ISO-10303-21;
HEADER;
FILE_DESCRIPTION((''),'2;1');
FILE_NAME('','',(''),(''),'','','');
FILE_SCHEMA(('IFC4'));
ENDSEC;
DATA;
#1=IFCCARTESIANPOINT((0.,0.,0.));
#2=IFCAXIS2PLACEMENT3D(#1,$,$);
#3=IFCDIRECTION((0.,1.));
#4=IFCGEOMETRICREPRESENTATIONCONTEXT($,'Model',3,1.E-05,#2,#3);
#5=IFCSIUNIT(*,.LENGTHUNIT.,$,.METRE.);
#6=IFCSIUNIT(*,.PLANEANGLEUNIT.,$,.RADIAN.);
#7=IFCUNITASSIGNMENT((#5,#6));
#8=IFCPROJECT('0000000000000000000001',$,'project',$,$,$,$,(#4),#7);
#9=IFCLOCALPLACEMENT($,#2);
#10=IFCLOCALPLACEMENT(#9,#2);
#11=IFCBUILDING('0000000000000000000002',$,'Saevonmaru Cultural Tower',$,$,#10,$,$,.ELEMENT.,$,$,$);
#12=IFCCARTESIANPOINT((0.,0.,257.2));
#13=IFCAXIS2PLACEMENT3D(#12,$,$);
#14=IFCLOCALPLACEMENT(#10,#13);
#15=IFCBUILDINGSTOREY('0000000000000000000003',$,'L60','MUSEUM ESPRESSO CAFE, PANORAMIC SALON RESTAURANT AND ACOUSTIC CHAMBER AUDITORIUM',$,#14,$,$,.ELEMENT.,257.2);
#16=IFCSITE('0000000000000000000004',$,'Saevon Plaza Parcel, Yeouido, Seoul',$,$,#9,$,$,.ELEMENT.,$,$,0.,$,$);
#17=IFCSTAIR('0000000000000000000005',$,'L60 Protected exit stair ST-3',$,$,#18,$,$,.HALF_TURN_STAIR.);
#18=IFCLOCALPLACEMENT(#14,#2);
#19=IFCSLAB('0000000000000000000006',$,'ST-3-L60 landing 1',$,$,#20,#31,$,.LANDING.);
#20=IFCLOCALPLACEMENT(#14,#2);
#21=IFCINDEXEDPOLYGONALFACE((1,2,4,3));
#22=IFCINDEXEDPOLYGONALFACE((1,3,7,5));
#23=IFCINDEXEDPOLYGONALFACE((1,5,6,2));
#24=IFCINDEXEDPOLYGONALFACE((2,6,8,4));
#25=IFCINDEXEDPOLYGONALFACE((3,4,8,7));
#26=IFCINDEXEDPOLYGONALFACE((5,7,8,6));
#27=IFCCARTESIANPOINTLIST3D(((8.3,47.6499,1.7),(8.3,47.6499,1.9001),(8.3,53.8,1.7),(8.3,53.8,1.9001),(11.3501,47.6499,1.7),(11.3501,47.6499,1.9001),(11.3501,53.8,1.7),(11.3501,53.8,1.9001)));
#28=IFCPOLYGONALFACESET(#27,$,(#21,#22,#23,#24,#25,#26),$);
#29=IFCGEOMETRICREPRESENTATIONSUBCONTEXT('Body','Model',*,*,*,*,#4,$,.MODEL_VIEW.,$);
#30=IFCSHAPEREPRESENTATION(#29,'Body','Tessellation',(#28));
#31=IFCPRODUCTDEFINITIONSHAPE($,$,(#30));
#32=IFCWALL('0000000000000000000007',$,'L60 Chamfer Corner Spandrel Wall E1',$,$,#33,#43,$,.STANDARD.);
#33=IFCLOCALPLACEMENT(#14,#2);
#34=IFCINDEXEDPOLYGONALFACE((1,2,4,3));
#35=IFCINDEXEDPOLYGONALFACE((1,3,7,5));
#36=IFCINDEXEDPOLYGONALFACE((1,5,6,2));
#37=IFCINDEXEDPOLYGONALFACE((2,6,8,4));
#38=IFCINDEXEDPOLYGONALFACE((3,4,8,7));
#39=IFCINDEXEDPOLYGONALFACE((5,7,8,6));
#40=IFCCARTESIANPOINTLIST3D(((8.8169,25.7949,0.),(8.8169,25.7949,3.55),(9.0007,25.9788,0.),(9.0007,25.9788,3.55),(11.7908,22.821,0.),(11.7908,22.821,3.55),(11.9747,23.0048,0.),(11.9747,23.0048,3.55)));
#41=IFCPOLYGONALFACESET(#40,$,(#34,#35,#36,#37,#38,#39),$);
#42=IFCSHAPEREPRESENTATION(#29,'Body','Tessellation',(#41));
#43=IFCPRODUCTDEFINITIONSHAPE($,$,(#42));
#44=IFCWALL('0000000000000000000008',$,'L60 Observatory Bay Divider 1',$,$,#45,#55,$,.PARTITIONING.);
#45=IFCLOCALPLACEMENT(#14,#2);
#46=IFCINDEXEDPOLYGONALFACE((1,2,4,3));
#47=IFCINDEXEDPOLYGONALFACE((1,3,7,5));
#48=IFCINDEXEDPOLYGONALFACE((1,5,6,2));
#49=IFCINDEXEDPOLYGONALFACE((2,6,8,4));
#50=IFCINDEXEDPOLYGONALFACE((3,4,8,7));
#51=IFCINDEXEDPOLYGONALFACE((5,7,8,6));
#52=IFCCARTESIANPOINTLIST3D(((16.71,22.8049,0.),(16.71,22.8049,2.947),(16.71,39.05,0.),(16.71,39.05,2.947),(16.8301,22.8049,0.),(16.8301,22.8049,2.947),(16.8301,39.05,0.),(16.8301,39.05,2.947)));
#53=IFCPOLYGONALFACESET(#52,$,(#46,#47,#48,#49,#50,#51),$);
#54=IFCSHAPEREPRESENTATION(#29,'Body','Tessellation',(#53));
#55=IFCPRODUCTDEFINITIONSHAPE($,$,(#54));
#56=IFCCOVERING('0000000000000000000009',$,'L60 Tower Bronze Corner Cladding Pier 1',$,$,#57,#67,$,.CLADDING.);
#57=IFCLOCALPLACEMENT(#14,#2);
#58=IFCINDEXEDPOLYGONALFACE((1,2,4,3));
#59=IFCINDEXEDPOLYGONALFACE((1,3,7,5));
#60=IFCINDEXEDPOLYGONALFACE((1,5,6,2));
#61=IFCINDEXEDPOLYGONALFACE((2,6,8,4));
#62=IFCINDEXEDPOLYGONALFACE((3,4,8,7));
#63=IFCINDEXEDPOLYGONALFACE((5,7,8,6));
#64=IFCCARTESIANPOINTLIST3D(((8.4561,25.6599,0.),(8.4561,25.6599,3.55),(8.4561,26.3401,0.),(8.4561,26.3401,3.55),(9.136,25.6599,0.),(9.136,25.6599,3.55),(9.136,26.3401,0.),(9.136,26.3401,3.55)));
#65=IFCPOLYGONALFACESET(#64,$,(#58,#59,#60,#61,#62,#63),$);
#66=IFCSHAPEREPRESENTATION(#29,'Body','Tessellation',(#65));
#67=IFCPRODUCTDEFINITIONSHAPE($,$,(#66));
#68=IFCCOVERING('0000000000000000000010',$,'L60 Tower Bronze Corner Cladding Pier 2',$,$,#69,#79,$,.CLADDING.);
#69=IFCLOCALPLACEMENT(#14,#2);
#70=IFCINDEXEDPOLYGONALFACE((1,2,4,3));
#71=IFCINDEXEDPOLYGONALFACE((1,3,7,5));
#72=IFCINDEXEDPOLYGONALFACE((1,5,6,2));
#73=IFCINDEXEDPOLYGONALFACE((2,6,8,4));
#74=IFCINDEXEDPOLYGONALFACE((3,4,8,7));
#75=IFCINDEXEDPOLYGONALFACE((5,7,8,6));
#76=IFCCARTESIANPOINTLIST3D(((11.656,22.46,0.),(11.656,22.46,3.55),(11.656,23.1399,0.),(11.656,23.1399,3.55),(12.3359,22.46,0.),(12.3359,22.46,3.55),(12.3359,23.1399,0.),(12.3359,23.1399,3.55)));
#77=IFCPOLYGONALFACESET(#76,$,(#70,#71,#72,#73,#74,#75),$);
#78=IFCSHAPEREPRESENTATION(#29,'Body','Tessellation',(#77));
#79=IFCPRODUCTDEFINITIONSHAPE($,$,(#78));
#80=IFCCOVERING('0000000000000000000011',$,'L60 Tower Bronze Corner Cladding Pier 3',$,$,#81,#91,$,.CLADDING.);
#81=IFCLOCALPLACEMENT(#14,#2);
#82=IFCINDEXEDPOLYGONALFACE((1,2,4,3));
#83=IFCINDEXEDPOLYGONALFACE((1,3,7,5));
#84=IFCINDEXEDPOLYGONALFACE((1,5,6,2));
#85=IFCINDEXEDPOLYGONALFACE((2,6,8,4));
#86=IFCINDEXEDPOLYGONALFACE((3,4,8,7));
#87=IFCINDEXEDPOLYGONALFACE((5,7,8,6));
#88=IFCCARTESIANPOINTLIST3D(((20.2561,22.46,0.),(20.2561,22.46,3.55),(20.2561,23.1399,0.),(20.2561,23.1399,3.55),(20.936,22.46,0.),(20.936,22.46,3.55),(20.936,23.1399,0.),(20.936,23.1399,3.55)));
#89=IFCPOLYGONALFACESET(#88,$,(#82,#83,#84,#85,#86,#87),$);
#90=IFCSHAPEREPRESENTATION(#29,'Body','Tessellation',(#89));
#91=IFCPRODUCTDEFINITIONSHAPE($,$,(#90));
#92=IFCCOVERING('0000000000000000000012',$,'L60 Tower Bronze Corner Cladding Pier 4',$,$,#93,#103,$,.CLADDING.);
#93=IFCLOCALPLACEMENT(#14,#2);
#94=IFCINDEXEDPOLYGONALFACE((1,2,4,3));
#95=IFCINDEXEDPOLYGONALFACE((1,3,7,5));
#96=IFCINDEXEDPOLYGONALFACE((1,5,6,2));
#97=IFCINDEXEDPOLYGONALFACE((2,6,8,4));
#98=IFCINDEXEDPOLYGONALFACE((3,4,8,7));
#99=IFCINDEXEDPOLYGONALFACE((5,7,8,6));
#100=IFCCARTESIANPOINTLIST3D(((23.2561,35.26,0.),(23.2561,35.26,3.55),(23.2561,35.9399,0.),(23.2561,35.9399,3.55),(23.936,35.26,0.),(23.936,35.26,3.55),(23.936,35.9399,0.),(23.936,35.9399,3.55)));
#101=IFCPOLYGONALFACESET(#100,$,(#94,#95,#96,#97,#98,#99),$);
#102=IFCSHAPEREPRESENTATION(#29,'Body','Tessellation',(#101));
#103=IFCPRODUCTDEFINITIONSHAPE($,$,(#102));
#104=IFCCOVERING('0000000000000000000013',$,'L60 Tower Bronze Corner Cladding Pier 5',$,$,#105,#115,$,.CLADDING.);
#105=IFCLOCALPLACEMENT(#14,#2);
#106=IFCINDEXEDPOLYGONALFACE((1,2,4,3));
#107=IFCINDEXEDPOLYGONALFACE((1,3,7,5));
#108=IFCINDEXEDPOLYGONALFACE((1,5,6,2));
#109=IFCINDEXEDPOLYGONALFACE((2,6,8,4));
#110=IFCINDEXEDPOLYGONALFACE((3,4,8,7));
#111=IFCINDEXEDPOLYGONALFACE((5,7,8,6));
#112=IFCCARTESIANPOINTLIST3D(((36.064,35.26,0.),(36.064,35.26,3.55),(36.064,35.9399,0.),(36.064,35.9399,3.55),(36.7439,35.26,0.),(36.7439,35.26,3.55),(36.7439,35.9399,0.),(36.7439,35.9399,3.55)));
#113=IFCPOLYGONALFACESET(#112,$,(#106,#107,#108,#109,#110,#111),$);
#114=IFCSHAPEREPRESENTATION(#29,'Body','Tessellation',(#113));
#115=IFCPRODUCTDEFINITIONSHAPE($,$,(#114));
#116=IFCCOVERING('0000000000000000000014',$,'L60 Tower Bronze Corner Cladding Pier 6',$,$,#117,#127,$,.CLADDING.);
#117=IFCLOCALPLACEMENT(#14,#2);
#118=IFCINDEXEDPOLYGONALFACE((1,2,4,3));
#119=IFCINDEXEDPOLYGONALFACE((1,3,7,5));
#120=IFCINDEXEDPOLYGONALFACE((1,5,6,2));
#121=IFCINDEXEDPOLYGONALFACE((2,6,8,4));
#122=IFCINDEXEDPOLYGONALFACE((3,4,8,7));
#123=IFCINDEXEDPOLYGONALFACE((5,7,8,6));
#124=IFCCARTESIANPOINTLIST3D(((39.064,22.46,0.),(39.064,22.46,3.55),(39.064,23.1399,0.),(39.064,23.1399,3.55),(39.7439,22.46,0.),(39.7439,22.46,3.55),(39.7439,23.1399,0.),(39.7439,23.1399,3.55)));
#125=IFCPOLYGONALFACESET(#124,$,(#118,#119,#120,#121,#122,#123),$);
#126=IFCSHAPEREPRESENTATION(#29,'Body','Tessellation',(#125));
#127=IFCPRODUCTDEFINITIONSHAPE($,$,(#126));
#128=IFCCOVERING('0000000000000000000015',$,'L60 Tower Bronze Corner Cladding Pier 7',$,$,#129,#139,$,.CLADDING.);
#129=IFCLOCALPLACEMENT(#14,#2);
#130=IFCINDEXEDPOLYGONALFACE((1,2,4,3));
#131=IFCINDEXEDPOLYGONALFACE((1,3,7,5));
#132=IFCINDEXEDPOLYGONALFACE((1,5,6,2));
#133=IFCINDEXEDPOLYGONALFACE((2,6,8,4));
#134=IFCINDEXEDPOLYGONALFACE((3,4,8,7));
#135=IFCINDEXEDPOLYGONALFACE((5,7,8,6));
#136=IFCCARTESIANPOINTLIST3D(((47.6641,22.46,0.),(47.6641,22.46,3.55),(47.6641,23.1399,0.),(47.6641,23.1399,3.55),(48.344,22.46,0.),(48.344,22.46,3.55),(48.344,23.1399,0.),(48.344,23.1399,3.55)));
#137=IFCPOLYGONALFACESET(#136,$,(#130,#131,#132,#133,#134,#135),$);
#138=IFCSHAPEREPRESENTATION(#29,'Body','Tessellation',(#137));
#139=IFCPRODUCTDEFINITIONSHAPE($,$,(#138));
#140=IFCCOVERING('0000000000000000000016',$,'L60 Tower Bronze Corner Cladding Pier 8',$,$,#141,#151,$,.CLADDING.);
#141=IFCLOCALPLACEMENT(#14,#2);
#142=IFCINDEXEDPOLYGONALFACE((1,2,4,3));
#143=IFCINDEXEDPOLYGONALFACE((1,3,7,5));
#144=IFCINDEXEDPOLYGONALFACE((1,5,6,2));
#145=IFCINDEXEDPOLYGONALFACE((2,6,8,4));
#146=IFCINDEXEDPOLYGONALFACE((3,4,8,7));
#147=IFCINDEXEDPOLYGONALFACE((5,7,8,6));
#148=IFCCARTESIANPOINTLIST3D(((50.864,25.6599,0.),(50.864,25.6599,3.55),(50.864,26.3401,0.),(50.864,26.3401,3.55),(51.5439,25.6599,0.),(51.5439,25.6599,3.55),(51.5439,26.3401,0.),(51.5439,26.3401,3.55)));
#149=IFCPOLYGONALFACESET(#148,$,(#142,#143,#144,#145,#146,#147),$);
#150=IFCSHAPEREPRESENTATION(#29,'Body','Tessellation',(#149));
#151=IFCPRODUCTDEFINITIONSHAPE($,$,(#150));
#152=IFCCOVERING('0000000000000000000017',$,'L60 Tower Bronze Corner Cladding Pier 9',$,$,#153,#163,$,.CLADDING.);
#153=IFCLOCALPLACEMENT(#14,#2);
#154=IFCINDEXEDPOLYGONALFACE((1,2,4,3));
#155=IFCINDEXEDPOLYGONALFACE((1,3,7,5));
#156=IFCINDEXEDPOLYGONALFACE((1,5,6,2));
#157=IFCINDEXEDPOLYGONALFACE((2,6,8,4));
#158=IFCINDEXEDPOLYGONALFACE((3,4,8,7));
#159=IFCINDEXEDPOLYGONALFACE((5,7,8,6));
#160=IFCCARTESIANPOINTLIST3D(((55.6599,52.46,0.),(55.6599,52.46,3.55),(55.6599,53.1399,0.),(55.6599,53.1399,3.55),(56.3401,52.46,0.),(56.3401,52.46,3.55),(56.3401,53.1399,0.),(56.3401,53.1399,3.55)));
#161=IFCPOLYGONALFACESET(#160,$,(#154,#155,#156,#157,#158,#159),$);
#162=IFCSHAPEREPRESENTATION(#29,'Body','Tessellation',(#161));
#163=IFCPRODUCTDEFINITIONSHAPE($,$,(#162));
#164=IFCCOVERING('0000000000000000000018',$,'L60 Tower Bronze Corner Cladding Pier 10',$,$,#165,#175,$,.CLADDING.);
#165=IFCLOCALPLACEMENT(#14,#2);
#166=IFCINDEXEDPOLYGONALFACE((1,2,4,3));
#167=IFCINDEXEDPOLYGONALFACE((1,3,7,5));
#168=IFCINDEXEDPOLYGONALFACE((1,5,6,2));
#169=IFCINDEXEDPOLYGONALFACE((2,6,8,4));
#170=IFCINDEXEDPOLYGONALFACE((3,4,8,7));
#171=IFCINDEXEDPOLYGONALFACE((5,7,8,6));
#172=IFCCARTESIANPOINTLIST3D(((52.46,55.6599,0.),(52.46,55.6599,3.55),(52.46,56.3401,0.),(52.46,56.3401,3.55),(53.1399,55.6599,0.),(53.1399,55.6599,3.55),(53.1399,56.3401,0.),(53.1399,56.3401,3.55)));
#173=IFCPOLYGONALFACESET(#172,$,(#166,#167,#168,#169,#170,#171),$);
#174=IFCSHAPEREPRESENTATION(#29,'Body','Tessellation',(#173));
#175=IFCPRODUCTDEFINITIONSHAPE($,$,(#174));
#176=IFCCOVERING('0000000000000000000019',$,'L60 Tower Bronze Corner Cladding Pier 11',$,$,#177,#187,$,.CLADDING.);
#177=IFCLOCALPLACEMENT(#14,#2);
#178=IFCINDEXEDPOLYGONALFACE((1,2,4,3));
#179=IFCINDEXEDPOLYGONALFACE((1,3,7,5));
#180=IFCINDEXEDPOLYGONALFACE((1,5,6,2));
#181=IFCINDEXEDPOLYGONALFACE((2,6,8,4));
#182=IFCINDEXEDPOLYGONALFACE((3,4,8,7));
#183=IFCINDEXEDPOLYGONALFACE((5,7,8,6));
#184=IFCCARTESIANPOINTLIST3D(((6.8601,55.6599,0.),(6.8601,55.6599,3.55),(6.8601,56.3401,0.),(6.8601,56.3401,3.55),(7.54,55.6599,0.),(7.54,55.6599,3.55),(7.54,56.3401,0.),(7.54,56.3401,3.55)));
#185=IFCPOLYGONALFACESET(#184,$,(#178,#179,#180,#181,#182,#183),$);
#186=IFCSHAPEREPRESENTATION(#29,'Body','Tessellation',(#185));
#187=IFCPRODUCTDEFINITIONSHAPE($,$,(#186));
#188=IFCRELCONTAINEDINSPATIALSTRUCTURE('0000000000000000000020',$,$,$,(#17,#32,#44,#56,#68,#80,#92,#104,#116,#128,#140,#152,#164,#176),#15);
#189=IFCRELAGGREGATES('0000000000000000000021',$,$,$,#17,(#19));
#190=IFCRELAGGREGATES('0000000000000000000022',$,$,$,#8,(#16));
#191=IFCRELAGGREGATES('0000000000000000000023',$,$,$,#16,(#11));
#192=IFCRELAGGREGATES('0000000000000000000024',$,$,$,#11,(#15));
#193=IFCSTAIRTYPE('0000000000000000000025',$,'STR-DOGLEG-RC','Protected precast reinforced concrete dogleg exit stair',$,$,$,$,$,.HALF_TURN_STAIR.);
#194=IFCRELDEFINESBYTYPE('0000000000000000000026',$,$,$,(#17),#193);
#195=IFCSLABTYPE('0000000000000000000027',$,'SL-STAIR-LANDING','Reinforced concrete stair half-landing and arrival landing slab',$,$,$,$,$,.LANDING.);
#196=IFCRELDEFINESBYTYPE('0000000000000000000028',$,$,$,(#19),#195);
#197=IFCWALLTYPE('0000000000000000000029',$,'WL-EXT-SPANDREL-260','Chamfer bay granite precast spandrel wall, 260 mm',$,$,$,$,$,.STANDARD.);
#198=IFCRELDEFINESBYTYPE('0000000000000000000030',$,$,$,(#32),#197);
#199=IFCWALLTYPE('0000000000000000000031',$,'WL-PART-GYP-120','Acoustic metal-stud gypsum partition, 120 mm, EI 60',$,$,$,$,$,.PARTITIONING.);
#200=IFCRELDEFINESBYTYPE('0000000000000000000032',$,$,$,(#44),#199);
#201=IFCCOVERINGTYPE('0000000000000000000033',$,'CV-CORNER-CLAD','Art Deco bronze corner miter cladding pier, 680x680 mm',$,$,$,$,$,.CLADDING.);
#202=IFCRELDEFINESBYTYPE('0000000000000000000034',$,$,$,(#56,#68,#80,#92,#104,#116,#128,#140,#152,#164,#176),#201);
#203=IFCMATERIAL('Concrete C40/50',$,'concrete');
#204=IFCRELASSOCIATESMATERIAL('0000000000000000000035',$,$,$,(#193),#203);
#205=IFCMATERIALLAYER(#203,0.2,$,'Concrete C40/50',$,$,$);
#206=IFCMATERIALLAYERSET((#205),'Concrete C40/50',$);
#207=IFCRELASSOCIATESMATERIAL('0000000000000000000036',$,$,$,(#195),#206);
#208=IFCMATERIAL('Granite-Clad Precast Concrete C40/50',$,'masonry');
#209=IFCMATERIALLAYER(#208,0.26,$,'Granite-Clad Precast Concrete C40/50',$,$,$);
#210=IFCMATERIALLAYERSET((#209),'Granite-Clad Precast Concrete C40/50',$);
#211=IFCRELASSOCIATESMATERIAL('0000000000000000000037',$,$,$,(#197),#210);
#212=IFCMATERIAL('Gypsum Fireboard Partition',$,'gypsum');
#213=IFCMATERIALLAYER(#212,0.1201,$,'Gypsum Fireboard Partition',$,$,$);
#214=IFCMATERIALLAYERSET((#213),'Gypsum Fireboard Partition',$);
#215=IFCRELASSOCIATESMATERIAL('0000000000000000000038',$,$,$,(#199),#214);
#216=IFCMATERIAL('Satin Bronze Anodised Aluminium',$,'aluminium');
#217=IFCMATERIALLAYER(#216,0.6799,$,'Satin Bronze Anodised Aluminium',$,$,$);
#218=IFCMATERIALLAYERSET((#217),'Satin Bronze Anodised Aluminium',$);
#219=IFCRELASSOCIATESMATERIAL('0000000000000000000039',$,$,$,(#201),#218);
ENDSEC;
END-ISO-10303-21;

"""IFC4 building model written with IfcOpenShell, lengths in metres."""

from ifc_helpers import new_model, si_unit, direction, frame, frame_2d, origin, place, context, subcontext, project, spatial, polyline, rectangle, outline, extrude, material, layer, layer_set, type_object, element, aggregate, save


model = new_model("IFC4")

# Units and contexts
model_context = context("Model", 3, precision=1e-05, world=origin(), true_north=direction((0.0, 1.0)))
body_context = subcontext(model_context, "Body", "Model", "MODEL_VIEW")
ifc_project = project(units=[si_unit("LENGTHUNIT", "METRE"), si_unit("PLANEANGLEUNIT", "RADIAN")], contexts=[model_context])

# Site, building, storey
site_placement = place(None, origin())
site = spatial("IfcSite", under=ifc_project, at=site_placement, Name="Saevon Plaza Parcel, Yeouido, Seoul", CompositionType="ELEMENT", RefElevation=0.0)
building_placement = place(site_placement, origin())
building = spatial("IfcBuilding", under=site, at=building_placement, Name="Saevonmaru Cultural Tower", CompositionType="ELEMENT")
storey_placement = place(building_placement, frame((0.0, 0.0, 257.2)))
storey = spatial("IfcBuildingStorey", under=building, at=storey_placement, Name="L60", Description="MUSEUM ESPRESSO CAFE, PANORAMIC SALON RESTAURANT AND ACOUSTIC CHAMBER AUDITORIUM", CompositionType="ELEMENT", Elevation=257.2)

# Shared definitions
ifc_material_1 = material(Name="Satin Bronze Anodised Aluminium", Category="aluminium")

# Shared definitions
ifc_material_2 = material(Name="Concrete C40/50", Category="concrete")

# Stair, slab
stair_type = type_object("IfcStairType", Name="STR-DOGLEG-RC", Description="Protected precast reinforced concrete dogleg exit stair", PredefinedType="HALF_TURN_STAIR", material=ifc_material_2)
ifc_layer_1 = layer(ifc_material_2, 0.2, Name="Concrete C40/50")
ifc_layer_set_1 = layer_set([ifc_layer_1], Name="Concrete C40/50")
slab_type_1 = type_object("IfcSlabType", Name="SL-STAIR-LANDING", Description="Reinforced concrete stair half-landing and arrival landing slab", PredefinedType="LANDING", material=ifc_layer_set_1)
stair_1_placement = place(storey_placement, origin())
stair_1 = element("IfcStair", 1, at=stair_1_placement, inside=storey, type_object=stair_type, Name="L60 Protected exit stair ST-3", PredefinedType="HALF_TURN_STAIR")
slab_1_placement = place(storey_placement, frame((0.0, 0.0, 1.7)))
slab_1 = element("IfcSlab", 2, at=slab_1_placement, type_object=slab_type_1, Name="ST-3-L60 landing 1", PredefinedType="LANDING", context=body_context, shape_type="SweptSolid", body=[
    extrude(outline(polyline([(11.3501, 47.6499), (11.3501, 53.8), (8.3, 53.8), (8.3, 47.6499), (11.3501, 47.6499)])), origin(), (0.0, 0.0, 1.0), 0.2002),
])
aggregate(stair_1, [slab_1])

# Walls
ifc_material_3 = material(Name="Granite-Clad Precast Concrete C40/50", Category="masonry")
ifc_layer_2 = layer(ifc_material_3, 0.26, Name="Granite-Clad Precast Concrete C40/50")
ifc_layer_set_2 = layer_set([ifc_layer_2], Name="Granite-Clad Precast Concrete C40/50")
wall_type_1 = type_object("IfcWallType", Name="WL-EXT-SPANDREL-260", Description="Chamfer bay granite precast spandrel wall, 260 mm", PredefinedType="STANDARD", material=ifc_layer_set_2)
wall_1_placement = place(storey_placement, frame((8.9087, 25.887, 0.0), z_axis=(0.0, 0.0, 1.0), x_axis=(0.707107, -0.707107, 0.0)))
element("IfcWall", 3, at=wall_1_placement, inside=storey, type_object=wall_type_1, Name="L60 Chamfer Corner Spandrel Wall E1", PredefinedType="STANDARD", context=body_context, shape_type="SweptSolid", body=[
    extrude(rectangle(XDim=4.2058, YDim=0.26, at=frame_2d((2.103, 0.0))), origin(), (0.0, 0.0, 1.0), 3.55),
])
ifc_material_4 = material(Name="Gypsum Fireboard Partition", Category="gypsum")
ifc_layer_3 = layer(ifc_material_4, 0.1201, Name="Gypsum Fireboard Partition")
ifc_layer_set_3 = layer_set([ifc_layer_3], Name="Gypsum Fireboard Partition")
wall_type_2 = type_object("IfcWallType", Name="WL-PART-GYP-120", Description="Acoustic metal-stud gypsum partition, 120 mm, EI 60", PredefinedType="PARTITIONING", material=ifc_layer_set_3)
wall_2_placement = place(storey_placement, frame((16.77, 22.8049, 0.0), z_axis=(0.0, 0.0, 1.0), x_axis=(0.0, 1.0, 0.0)))
element("IfcWall", 4, at=wall_2_placement, inside=storey, type_object=wall_type_2, Name="L60 Observatory Bay Divider 1", PredefinedType="PARTITIONING", context=body_context, shape_type="SweptSolid", body=[
    extrude(rectangle(XDim=16.2451, YDim=0.1201, at=frame_2d((8.1226, 0.0))), origin(), (0.0, 0.0, 1.0), 2.947),
])

# Coverings
ifc_layer_4 = layer(ifc_material_1, 0.6799, Name="Satin Bronze Anodised Aluminium")
ifc_layer_set_4 = layer_set([ifc_layer_4], Name="Satin Bronze Anodised Aluminium")
covering_type = type_object("IfcCoveringType", Name="CV-CORNER-CLAD", Description="Art Deco bronze corner miter cladding pier, 680x680 mm", PredefinedType="CLADDING", material=ifc_layer_set_4)
covering_1_placement = place(storey_placement, origin())
element("IfcCovering", 5, at=covering_1_placement, inside=storey, type_object=covering_type, Name="L60 Tower Bronze Corner Cladding Pier 1", PredefinedType="CLADDING", context=body_context, shape_type="SweptSolid", body=[
    extrude(outline(polyline([(8.4561, 25.6599), (9.136, 25.6599), (9.136, 26.3401), (8.4561, 26.3401), (8.4561, 25.6599)])), origin(), (0.0, 0.0, 1.0), 3.55),
])
covering_2_placement = place(storey_placement, origin())
element("IfcCovering", 6, at=covering_2_placement, inside=storey, type_object=covering_type, Name="L60 Tower Bronze Corner Cladding Pier 2", PredefinedType="CLADDING", context=body_context, shape_type="SweptSolid", body=[
    extrude(outline(polyline([(11.656, 22.46), (12.3359, 22.46), (12.3359, 23.1399), (11.656, 23.1399), (11.656, 22.46)])), origin(), (0.0, 0.0, 1.0), 3.55),
])
covering_3_placement = place(storey_placement, origin())
element("IfcCovering", 7, at=covering_3_placement, inside=storey, type_object=covering_type, Name="L60 Tower Bronze Corner Cladding Pier 3", PredefinedType="CLADDING", context=body_context, shape_type="SweptSolid", body=[
    extrude(outline(polyline([(20.2561, 22.46), (20.936, 22.46), (20.936, 23.1399), (20.2561, 23.1399), (20.2561, 22.46)])), origin(), (0.0, 0.0, 1.0), 3.55),
])
covering_4_placement = place(storey_placement, origin())
element("IfcCovering", 8, at=covering_4_placement, inside=storey, type_object=covering_type, Name="L60 Tower Bronze Corner Cladding Pier 4", PredefinedType="CLADDING", context=body_context, shape_type="SweptSolid", body=[
    extrude(outline(polyline([(23.2561, 35.26), (23.936, 35.26), (23.936, 35.9399), (23.2561, 35.9399), (23.2561, 35.26)])), origin(), (0.0, 0.0, 1.0), 3.55),
])
covering_5_placement = place(storey_placement, origin())
element("IfcCovering", 9, at=covering_5_placement, inside=storey, type_object=covering_type, Name="L60 Tower Bronze Corner Cladding Pier 5", PredefinedType="CLADDING", context=body_context, shape_type="SweptSolid", body=[
    extrude(outline(polyline([(36.064, 35.26), (36.7439, 35.26), (36.7439, 35.9399), (36.064, 35.9399), (36.064, 35.26)])), origin(), (0.0, 0.0, 1.0), 3.55),
])
covering_6_placement = place(storey_placement, origin())
element("IfcCovering", 10, at=covering_6_placement, inside=storey, type_object=covering_type, Name="L60 Tower Bronze Corner Cladding Pier 6", PredefinedType="CLADDING", context=body_context, shape_type="SweptSolid", body=[
    extrude(outline(polyline([(39.064, 22.46), (39.7439, 22.46), (39.7439, 23.1399), (39.064, 23.1399), (39.064, 22.46)])), origin(), (0.0, 0.0, 1.0), 3.55),
])
covering_7_placement = place(storey_placement, origin())
element("IfcCovering", 11, at=covering_7_placement, inside=storey, type_object=covering_type, Name="L60 Tower Bronze Corner Cladding Pier 7", PredefinedType="CLADDING", context=body_context, shape_type="SweptSolid", body=[
    extrude(outline(polyline([(47.6641, 22.46), (48.344, 22.46), (48.344, 23.1399), (47.6641, 23.1399), (47.6641, 22.46)])), origin(), (0.0, 0.0, 1.0), 3.55),
])
covering_8_placement = place(storey_placement, origin())
element("IfcCovering", 12, at=covering_8_placement, inside=storey, type_object=covering_type, Name="L60 Tower Bronze Corner Cladding Pier 8", PredefinedType="CLADDING", context=body_context, shape_type="SweptSolid", body=[
    extrude(outline(polyline([(50.864, 25.6599), (51.5439, 25.6599), (51.5439, 26.3401), (50.864, 26.3401), (50.864, 25.6599)])), origin(), (0.0, 0.0, 1.0), 3.55),
])
covering_9_placement = place(storey_placement, origin())
element("IfcCovering", 13, at=covering_9_placement, inside=storey, type_object=covering_type, Name="L60 Tower Bronze Corner Cladding Pier 9", PredefinedType="CLADDING", context=body_context, shape_type="SweptSolid", body=[
    extrude(outline(polyline([(55.6599, 52.46), (56.3401, 52.46), (56.3401, 53.1399), (55.6599, 53.1399), (55.6599, 52.46)])), origin(), (0.0, 0.0, 1.0), 3.55),
])
covering_10_placement = place(storey_placement, origin())
element("IfcCovering", 14, at=covering_10_placement, inside=storey, type_object=covering_type, Name="L60 Tower Bronze Corner Cladding Pier 10", PredefinedType="CLADDING", context=body_context, shape_type="SweptSolid", body=[
    extrude(outline(polyline([(52.46, 55.6599), (53.1399, 55.6599), (53.1399, 56.3401), (52.46, 56.3401), (52.46, 55.6599)])), origin(), (0.0, 0.0, 1.0), 3.55),
])
covering_11_placement = place(storey_placement, origin())
element("IfcCovering", 15, at=covering_11_placement, inside=storey, type_object=covering_type, Name="L60 Tower Bronze Corner Cladding Pier 11", PredefinedType="CLADDING", context=body_context, shape_type="SweptSolid", body=[
    extrude(outline(polyline([(6.8601, 55.6599), (7.54, 55.6599), (7.54, 56.3401), (6.8601, 56.3401), (6.8601, 55.6599)])), origin(), (0.0, 0.0, 1.0), 3.55),
])

save(model, "model.ifc")
